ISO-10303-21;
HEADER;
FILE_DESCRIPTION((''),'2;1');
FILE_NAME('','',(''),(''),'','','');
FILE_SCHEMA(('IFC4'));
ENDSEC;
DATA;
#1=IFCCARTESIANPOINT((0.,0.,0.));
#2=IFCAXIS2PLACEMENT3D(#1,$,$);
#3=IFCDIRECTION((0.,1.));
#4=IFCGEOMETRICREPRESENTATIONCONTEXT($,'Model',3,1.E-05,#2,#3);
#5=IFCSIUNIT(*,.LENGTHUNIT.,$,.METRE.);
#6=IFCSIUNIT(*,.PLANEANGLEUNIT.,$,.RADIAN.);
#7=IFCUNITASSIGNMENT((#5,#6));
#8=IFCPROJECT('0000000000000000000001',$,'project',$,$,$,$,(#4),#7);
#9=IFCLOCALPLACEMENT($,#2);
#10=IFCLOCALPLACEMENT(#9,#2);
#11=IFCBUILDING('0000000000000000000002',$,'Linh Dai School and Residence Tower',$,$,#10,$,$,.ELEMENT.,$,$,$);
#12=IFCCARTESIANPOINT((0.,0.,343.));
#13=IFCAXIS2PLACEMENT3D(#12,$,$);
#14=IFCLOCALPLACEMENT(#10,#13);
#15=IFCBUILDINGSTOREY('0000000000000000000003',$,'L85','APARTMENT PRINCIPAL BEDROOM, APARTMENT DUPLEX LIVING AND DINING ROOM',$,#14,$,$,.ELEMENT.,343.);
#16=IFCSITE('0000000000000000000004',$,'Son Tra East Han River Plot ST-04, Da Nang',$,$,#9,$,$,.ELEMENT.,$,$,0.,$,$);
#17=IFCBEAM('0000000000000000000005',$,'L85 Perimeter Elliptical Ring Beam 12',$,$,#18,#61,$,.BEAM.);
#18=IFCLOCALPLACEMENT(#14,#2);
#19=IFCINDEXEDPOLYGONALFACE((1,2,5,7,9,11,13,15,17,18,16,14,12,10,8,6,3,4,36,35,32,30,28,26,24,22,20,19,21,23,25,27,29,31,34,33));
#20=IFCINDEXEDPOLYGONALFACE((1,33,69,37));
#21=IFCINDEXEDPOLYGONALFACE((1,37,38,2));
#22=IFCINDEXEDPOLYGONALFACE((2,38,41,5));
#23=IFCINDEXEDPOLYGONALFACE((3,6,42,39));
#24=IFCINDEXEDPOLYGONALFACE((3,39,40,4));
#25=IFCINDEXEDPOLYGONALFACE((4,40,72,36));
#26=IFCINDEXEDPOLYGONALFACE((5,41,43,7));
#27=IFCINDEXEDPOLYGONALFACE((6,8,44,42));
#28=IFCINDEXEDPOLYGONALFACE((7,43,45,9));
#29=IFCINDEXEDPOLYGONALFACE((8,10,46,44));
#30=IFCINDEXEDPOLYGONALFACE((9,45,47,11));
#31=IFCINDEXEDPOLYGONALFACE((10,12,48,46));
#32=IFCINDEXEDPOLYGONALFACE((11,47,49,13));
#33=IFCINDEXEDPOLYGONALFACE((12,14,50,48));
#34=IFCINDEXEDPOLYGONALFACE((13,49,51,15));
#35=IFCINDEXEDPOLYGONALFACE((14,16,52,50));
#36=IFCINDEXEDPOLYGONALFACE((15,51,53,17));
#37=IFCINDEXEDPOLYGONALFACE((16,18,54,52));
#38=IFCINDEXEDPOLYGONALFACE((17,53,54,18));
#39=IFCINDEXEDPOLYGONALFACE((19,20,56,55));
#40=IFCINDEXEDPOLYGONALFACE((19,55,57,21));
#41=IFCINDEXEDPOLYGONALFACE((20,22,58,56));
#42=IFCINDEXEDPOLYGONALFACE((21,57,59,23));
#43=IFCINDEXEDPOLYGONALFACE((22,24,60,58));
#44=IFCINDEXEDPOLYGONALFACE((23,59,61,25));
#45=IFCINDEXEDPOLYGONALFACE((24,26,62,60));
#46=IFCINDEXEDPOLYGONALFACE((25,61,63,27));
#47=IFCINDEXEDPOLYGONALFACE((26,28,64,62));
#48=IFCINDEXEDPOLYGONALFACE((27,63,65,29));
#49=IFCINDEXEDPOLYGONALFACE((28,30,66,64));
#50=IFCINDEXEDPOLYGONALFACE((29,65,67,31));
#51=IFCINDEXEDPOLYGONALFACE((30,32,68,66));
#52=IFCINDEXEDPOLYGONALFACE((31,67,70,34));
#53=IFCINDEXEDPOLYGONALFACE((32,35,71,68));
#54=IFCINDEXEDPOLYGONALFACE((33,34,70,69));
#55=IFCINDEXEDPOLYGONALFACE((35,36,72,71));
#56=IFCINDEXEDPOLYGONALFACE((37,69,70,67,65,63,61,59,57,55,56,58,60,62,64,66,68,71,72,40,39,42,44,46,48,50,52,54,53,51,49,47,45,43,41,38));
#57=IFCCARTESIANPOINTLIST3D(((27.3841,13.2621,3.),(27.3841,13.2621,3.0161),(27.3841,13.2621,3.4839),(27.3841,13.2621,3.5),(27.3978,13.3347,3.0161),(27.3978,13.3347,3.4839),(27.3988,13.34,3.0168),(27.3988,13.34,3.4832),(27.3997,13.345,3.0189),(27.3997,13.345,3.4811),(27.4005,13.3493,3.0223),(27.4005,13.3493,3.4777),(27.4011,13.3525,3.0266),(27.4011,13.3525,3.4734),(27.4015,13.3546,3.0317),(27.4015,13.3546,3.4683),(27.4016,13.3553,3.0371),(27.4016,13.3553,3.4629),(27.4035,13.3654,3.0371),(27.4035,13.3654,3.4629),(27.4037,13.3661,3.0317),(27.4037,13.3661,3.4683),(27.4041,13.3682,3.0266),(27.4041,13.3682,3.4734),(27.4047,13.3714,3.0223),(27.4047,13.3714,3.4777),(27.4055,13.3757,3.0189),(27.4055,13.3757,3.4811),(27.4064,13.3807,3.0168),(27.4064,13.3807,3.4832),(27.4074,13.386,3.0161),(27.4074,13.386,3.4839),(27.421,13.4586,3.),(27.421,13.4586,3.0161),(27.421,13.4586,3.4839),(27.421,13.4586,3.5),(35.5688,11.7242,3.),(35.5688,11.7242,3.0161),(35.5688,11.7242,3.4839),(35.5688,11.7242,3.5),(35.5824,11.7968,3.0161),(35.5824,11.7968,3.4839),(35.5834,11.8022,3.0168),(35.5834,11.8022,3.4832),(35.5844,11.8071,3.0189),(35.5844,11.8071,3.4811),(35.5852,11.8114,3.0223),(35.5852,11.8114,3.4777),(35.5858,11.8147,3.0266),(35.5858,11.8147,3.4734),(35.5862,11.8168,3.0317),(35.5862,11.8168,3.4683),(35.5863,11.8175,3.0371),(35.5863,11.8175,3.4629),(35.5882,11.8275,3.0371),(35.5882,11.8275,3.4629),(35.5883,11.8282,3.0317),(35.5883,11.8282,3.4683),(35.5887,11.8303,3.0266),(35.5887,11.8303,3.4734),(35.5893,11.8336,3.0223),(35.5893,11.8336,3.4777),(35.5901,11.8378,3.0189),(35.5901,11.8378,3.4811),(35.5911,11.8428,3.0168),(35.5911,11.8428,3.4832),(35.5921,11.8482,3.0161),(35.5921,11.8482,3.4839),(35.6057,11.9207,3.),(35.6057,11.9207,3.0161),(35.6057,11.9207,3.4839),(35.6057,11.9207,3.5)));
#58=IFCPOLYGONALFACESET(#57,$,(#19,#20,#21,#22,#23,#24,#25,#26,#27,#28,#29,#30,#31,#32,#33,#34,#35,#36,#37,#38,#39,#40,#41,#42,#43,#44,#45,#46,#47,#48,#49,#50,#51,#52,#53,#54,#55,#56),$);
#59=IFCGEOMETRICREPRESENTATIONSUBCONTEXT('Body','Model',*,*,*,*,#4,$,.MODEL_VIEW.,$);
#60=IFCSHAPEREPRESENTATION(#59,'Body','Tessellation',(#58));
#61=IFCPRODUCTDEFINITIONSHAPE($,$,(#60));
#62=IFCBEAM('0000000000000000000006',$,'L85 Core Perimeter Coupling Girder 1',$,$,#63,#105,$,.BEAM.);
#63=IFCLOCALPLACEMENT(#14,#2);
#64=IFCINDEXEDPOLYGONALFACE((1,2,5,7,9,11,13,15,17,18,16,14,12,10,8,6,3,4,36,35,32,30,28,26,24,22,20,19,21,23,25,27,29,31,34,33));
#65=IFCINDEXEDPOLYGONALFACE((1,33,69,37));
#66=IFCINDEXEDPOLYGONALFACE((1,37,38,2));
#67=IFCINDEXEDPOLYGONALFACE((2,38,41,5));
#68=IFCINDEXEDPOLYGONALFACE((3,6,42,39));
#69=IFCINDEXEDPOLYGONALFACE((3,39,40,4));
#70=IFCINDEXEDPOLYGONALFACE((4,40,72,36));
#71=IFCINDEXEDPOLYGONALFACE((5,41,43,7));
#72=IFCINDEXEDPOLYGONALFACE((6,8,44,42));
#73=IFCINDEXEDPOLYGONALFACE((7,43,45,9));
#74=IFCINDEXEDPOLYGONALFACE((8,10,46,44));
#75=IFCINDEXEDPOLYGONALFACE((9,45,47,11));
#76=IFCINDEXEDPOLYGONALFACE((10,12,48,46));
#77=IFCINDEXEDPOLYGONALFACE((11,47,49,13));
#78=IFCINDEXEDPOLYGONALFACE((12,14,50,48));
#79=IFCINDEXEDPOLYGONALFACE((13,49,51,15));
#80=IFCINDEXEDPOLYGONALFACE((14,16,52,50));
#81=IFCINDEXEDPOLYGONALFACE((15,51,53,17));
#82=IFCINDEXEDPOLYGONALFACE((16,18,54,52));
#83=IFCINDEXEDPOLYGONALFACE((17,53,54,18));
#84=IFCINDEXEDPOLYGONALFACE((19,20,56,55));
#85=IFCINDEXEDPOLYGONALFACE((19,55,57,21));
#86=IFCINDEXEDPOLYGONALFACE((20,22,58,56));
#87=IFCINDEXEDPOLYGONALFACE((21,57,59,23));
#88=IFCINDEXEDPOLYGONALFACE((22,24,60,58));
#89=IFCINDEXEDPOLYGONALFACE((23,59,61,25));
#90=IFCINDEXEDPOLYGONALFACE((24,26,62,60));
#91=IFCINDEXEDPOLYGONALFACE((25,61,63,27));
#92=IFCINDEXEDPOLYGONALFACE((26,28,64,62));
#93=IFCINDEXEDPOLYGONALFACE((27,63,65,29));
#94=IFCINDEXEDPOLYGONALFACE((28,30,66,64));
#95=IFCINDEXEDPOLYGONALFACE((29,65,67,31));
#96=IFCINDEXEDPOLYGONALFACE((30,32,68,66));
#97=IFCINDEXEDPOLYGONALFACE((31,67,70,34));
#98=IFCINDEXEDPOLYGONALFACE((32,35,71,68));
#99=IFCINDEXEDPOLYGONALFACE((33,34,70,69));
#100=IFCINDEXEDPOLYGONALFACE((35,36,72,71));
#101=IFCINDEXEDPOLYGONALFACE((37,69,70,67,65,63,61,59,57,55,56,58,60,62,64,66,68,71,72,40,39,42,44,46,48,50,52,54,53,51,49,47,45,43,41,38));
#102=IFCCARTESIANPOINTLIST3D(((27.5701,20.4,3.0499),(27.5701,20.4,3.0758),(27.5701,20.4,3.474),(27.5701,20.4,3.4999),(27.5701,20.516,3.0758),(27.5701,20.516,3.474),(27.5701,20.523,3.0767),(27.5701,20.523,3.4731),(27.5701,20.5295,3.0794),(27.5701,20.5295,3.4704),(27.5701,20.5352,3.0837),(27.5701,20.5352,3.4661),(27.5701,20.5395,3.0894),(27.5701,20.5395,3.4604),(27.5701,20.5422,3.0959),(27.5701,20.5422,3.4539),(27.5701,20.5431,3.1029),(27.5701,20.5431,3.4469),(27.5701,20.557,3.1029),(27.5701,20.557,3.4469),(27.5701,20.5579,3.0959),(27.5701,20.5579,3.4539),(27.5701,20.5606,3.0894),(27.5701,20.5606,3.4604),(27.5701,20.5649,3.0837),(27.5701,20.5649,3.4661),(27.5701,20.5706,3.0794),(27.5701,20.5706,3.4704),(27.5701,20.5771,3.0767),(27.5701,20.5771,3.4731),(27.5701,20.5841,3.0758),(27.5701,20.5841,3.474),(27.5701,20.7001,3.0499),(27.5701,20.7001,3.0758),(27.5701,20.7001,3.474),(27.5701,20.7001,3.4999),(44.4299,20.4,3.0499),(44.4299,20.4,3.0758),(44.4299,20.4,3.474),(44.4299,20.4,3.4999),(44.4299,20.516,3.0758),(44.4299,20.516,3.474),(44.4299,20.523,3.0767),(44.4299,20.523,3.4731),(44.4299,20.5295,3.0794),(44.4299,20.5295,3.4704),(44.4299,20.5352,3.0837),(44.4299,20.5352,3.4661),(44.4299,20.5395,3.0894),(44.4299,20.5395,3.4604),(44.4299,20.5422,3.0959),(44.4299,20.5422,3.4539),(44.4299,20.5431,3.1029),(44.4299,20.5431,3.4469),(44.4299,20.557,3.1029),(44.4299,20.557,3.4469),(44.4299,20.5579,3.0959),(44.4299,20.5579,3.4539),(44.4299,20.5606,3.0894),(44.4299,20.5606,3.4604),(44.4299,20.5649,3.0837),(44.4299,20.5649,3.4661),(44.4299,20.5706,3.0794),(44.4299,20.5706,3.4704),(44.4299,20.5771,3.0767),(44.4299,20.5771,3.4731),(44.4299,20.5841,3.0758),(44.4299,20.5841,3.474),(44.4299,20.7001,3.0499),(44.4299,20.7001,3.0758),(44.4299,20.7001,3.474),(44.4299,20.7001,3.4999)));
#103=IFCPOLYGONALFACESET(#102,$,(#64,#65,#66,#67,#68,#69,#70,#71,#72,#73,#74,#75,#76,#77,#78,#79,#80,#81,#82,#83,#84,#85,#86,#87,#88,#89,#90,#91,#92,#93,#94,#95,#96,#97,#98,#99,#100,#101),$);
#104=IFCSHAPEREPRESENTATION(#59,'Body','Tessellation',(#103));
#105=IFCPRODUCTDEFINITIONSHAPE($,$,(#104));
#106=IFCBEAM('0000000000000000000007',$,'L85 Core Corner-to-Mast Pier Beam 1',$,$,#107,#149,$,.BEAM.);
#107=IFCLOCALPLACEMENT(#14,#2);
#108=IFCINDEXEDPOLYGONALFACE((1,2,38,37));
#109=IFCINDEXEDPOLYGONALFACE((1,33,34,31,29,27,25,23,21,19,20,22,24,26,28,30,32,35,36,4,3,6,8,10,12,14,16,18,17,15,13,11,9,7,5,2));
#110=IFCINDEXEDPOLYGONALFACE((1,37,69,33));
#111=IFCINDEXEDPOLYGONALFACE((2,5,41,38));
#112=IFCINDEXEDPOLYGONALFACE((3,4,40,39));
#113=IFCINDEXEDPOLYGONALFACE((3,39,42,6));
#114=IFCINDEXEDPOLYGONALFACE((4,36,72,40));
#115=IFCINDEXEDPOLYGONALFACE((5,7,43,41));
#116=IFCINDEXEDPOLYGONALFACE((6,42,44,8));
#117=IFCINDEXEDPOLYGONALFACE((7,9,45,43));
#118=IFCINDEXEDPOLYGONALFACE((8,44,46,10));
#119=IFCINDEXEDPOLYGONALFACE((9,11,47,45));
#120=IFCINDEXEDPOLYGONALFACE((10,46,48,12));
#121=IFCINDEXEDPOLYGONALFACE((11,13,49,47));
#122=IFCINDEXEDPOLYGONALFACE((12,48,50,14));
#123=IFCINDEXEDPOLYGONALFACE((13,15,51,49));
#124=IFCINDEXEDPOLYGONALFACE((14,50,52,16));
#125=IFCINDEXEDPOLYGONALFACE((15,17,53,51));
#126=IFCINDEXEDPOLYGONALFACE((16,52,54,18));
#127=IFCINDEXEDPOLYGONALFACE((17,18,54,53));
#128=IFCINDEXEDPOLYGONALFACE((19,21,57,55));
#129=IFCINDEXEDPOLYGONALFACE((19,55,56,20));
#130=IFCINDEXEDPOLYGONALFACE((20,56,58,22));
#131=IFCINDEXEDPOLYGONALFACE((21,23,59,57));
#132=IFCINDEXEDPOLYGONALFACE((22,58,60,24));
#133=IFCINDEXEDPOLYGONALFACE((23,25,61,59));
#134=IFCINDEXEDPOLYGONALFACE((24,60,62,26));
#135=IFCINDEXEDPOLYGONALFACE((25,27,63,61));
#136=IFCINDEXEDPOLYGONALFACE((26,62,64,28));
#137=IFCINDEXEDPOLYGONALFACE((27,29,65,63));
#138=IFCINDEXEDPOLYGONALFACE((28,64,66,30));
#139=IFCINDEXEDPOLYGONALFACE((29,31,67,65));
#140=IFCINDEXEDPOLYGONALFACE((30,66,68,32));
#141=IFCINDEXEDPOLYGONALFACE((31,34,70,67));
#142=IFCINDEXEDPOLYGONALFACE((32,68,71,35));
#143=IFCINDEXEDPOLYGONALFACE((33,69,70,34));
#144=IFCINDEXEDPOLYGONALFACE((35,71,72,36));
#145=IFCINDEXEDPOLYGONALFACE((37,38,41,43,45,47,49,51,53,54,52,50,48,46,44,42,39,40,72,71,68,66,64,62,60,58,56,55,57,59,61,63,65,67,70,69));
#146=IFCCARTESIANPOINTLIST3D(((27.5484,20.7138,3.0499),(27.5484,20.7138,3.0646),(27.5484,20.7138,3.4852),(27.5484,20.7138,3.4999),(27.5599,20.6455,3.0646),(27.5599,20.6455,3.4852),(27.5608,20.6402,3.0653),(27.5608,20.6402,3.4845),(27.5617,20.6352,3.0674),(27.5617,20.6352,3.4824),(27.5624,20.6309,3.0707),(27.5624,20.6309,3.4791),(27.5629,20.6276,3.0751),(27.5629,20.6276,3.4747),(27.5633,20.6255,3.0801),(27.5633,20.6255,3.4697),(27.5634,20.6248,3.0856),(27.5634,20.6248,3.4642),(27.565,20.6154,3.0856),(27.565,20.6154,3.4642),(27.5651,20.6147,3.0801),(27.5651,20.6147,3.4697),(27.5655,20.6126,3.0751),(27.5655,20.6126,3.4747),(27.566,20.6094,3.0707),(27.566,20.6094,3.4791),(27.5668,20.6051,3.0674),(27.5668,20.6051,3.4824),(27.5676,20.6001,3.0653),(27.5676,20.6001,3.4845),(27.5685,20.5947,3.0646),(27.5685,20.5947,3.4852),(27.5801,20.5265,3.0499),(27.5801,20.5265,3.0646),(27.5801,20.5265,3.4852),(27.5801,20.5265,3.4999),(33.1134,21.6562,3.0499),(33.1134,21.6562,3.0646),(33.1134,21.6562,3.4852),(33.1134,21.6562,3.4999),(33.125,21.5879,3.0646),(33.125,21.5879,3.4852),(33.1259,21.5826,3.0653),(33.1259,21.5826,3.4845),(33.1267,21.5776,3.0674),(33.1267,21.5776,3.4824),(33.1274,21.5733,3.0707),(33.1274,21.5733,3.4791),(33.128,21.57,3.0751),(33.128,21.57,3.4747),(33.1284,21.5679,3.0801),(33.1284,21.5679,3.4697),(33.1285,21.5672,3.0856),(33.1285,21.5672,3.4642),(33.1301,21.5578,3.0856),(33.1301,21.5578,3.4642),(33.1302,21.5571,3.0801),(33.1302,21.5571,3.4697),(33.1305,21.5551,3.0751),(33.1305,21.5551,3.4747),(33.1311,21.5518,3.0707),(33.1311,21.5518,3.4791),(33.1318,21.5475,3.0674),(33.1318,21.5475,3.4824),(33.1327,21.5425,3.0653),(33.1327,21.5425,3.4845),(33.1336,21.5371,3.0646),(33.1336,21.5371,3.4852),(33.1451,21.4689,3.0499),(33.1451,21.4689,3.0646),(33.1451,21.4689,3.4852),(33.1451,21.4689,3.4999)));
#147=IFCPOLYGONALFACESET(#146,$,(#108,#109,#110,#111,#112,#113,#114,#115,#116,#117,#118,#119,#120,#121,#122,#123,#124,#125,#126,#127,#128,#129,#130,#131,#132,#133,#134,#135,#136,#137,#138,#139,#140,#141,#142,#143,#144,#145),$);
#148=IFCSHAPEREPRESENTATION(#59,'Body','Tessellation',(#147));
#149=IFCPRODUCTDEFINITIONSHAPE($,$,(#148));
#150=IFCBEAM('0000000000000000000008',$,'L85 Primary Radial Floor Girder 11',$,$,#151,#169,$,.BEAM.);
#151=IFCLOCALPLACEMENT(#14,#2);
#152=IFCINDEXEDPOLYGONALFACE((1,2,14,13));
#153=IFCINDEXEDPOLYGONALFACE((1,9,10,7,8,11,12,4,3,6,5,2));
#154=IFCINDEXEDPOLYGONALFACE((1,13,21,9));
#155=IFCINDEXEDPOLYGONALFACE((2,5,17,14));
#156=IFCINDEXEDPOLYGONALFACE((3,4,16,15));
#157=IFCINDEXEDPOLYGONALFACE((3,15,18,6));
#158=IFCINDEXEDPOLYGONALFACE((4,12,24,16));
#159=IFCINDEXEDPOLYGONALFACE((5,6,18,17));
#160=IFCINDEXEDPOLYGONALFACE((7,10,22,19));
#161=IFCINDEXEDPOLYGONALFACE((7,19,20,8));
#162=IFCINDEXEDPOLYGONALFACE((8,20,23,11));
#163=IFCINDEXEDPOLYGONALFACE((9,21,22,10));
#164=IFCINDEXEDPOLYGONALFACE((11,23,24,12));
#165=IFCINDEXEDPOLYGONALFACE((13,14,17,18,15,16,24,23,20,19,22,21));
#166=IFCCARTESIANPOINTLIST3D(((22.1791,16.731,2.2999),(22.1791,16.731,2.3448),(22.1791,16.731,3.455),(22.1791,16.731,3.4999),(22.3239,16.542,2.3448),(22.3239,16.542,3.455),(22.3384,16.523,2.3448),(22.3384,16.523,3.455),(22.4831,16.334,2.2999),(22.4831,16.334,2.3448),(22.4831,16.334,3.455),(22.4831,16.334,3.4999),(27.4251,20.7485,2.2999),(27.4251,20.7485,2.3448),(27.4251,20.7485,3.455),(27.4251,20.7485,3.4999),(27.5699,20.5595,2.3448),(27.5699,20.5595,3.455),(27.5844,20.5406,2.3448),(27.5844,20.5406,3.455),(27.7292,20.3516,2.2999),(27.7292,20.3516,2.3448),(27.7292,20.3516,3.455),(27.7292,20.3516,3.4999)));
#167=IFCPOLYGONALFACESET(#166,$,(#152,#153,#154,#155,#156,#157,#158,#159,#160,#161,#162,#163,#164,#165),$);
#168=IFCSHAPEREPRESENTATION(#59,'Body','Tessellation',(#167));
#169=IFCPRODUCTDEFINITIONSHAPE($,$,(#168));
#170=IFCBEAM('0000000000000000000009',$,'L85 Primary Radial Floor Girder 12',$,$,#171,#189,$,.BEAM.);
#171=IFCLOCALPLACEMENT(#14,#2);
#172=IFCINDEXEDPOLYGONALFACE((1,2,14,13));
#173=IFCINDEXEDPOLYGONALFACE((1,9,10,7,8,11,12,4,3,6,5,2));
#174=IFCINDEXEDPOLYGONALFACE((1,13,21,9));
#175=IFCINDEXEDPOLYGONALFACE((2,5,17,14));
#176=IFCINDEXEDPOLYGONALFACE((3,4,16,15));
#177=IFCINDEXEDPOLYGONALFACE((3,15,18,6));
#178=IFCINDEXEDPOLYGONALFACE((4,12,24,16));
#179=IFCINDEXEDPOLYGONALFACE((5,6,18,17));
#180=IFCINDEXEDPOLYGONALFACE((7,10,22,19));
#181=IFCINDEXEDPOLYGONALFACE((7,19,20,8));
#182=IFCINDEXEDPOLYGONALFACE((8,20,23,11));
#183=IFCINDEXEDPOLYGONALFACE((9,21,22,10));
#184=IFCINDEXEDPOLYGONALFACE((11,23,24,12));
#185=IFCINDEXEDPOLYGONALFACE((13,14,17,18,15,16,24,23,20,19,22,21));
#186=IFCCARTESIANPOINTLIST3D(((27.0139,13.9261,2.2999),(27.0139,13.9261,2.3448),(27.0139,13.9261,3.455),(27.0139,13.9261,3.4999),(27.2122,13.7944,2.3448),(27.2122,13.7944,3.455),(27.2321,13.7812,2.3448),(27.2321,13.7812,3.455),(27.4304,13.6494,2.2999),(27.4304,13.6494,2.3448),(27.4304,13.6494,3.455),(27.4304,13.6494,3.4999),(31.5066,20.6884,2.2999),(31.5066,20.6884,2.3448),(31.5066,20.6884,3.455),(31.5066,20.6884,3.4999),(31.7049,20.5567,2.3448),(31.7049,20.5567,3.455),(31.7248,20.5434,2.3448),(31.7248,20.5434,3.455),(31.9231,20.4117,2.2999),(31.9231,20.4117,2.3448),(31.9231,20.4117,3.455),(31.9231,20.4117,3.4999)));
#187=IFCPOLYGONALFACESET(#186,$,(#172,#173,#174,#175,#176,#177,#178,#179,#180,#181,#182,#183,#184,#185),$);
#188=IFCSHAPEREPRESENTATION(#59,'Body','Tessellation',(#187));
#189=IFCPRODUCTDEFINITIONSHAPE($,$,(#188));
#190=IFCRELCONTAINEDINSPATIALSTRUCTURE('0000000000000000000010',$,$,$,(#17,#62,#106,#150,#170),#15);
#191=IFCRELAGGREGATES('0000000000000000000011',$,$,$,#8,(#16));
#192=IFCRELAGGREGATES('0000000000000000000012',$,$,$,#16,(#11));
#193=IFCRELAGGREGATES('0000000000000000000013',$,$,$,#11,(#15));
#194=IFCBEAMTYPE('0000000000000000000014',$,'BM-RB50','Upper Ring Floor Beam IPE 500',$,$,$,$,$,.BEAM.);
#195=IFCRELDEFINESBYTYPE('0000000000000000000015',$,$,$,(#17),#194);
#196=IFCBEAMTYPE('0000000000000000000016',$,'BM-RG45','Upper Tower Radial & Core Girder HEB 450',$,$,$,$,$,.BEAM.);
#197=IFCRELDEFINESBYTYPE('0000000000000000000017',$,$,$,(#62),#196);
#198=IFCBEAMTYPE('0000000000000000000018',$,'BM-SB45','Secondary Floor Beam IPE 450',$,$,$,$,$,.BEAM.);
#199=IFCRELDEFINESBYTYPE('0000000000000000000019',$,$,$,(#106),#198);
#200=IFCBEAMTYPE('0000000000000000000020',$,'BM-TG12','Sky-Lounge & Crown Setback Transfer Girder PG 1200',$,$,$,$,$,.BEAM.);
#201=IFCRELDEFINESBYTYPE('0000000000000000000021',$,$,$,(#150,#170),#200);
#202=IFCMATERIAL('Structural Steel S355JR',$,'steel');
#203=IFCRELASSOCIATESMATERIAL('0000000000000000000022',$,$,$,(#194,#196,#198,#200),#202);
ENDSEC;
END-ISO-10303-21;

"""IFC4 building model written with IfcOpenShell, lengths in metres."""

from ifc_helpers import new_model, si_unit, direction, frame, origin, origin_2d, place, context, subcontext, project, spatial, i_section, extrude, material, material_profile, profile_set, type_object, element, save


model = new_model("IFC4")

# Units and contexts
model_context = context("Model", 3, precision=1e-05, world=origin(), true_north=direction((0.0, 1.0)))
body_context = subcontext(model_context, "Body", "Model", "MODEL_VIEW")
ifc_project = project(units=[si_unit("LENGTHUNIT", "METRE"), si_unit("PLANEANGLEUNIT", "RADIAN")], contexts=[model_context])

# Site, building, storey
site_placement = place(None, origin())
site = spatial("IfcSite", under=ifc_project, at=site_placement, Name="Son Tra East Han River Plot ST-04, Da Nang", CompositionType="ELEMENT", RefElevation=0.0)
building_placement = place(site_placement, origin())
building = spatial("IfcBuilding", under=site, at=building_placement, Name="Linh Dai School and Residence Tower", CompositionType="ELEMENT")
storey_placement = place(building_placement, frame((0.0, 0.0, 343.0)))
storey = spatial("IfcBuildingStorey", under=building, at=storey_placement, Name="L85", Description="APARTMENT PRINCIPAL BEDROOM, APARTMENT DUPLEX LIVING AND DINING ROOM", CompositionType="ELEMENT", Elevation=343.0)

# Shared definitions
ifc_material_1 = material(Name="Structural Steel S355JR", Category="steel")

# Beams
ifc_material_profile_1 = material_profile(ifc_material_1, i_section(OverallWidth=0.2, OverallDepth=0.5, WebThickness=0.0103, FlangeThickness=0.0161, FilletRadius=0.021, at=origin_2d()), Name="IPE 500")
ifc_profile_set_1 = profile_set([ifc_material_profile_1], Name="Structural Steel S355JR")
beam_type_1 = type_object("IfcBeamType", Name="BM-RB50", Description="Upper Ring Floor Beam IPE 500", PredefinedType="BEAM", material=ifc_profile_set_1)
beam_1_placement = place(storey_placement, frame((27.4026, 13.3604, 3.25), z_axis=(0.982802, -0.184664, 0.0), x_axis=(0.184664, 0.982802, 0.0)))
element("IfcBeam", 1, at=beam_1_placement, inside=storey, type_object=beam_type_1, Name="L85 Perimeter Elliptical Ring Beam 12", PredefinedType="BEAM", context=body_context, shape_type="SweptSolid", body=[
    extrude(i_section(OverallWidth=0.2, OverallDepth=0.5, WebThickness=0.0103, FlangeThickness=0.0161, FilletRadius=0.021, at=origin_2d()), origin(), (0.0, 0.0, 1.0), 8.3279),
])
ifc_material_profile_2 = material_profile(ifc_material_1, i_section(OverallWidth=0.3, OverallDepth=0.45, WebThickness=0.0139, FlangeThickness=0.0259, FilletRadius=0.0271, at=origin_2d()), Name="HEB 450")
ifc_profile_set_2 = profile_set([ifc_material_profile_2], Name="Structural Steel S355JR")
beam_type_2 = type_object("IfcBeamType", Name="BM-RG45", Description="Upper Tower Radial & Core Girder HEB 450", PredefinedType="BEAM", material=ifc_profile_set_2)
beam_2_placement = place(storey_placement, frame((27.5701, 20.55, 3.2749), z_axis=(1.0, 0.0, 0.0), x_axis=(0.0, 1.0, 0.0)))
element("IfcBeam", 2, at=beam_2_placement, inside=storey, type_object=beam_type_2, Name="L85 Core Perimeter Coupling Girder 1", PredefinedType="BEAM", context=body_context, shape_type="SweptSolid", body=[
    extrude(i_section(OverallWidth=0.3, OverallDepth=0.45, WebThickness=0.0139, FlangeThickness=0.0259, FilletRadius=0.0271, at=origin_2d()), origin(), (0.0, 0.0, 1.0), 16.8599),
])
ifc_material_profile_3 = material_profile(ifc_material_1, i_section(OverallWidth=0.1899, OverallDepth=0.45, WebThickness=0.0095, FlangeThickness=0.0146, FilletRadius=0.021, at=origin_2d()), Name="IPE 450")
ifc_profile_set_3 = profile_set([ifc_material_profile_3], Name="Structural Steel S355JR")
beam_type_3 = type_object("IfcBeamType", Name="BM-SB45", Description="Secondary Floor Beam IPE 450", PredefinedType="BEAM", material=ifc_profile_set_3)
beam_3_placement = place(storey_placement, frame((27.5642, 20.6201, 3.2749), z_axis=(0.985963, 0.166966, 0.0), x_axis=(-0.166966, 0.985963, 0.0)))
element("IfcBeam", 3, at=beam_3_placement, inside=storey, type_object=beam_type_3, Name="L85 Core Corner-to-Mast Pier Beam 1", PredefinedType="BEAM", context=body_context, shape_type="SweptSolid", body=[
    extrude(i_section(OverallWidth=0.1899, OverallDepth=0.45, WebThickness=0.0095, FlangeThickness=0.0146, FilletRadius=0.021, at=origin_2d()), origin(), (0.0, 0.0, 1.0), 5.6443),
])
ifc_material_profile_4 = material_profile(ifc_material_1, i_section(OverallWidth=0.5, OverallDepth=1.2, WebThickness=0.0239, FlangeThickness=0.0449, at=origin_2d()), Name="PG 1200x500x24x45")
ifc_profile_set_4 = profile_set([ifc_material_profile_4], Name="Structural Steel S355JR")
beam_type_4 = type_object("IfcBeamType", Name="BM-TG12", Description="Sky-Lounge & Crown Setback Transfer Girder PG 1200", PredefinedType="BEAM", material=ifc_profile_set_4)
beam_4_placement = place(storey_placement, frame((27.5771, 20.55, 2.8999), z_axis=(-0.79393, -0.608009, 0.0), x_axis=(0.608009, -0.79393, 0.0)))
element("IfcBeam", 4, at=beam_4_placement, inside=storey, type_object=beam_type_4, Name="L85 Primary Radial Floor Girder 11", PredefinedType="BEAM", context=body_context, shape_type="SweptSolid", body=[
    extrude(i_section(OverallWidth=0.5, OverallDepth=1.2, WebThickness=0.0239, FlangeThickness=0.0449, at=origin_2d()), origin(), (0.0, 0.0, 1.0), 6.6077),
])
beam_5_placement = place(storey_placement, frame((31.7148, 20.55, 2.8999), z_axis=(-0.553381, -0.832928, 0.0), x_axis=(0.832928, -0.553381, 0.0)))
element("IfcBeam", 5, at=beam_5_placement, inside=storey, type_object=beam_type_4, Name="L85 Primary Radial Floor Girder 12", PredefinedType="BEAM", context=body_context, shape_type="SweptSolid", body=[
    extrude(i_section(OverallWidth=0.5, OverallDepth=1.2, WebThickness=0.0239, FlangeThickness=0.0449, at=origin_2d()), origin(), (0.0, 0.0, 1.0), 8.1187),
])

save(model, "model.ifc")
